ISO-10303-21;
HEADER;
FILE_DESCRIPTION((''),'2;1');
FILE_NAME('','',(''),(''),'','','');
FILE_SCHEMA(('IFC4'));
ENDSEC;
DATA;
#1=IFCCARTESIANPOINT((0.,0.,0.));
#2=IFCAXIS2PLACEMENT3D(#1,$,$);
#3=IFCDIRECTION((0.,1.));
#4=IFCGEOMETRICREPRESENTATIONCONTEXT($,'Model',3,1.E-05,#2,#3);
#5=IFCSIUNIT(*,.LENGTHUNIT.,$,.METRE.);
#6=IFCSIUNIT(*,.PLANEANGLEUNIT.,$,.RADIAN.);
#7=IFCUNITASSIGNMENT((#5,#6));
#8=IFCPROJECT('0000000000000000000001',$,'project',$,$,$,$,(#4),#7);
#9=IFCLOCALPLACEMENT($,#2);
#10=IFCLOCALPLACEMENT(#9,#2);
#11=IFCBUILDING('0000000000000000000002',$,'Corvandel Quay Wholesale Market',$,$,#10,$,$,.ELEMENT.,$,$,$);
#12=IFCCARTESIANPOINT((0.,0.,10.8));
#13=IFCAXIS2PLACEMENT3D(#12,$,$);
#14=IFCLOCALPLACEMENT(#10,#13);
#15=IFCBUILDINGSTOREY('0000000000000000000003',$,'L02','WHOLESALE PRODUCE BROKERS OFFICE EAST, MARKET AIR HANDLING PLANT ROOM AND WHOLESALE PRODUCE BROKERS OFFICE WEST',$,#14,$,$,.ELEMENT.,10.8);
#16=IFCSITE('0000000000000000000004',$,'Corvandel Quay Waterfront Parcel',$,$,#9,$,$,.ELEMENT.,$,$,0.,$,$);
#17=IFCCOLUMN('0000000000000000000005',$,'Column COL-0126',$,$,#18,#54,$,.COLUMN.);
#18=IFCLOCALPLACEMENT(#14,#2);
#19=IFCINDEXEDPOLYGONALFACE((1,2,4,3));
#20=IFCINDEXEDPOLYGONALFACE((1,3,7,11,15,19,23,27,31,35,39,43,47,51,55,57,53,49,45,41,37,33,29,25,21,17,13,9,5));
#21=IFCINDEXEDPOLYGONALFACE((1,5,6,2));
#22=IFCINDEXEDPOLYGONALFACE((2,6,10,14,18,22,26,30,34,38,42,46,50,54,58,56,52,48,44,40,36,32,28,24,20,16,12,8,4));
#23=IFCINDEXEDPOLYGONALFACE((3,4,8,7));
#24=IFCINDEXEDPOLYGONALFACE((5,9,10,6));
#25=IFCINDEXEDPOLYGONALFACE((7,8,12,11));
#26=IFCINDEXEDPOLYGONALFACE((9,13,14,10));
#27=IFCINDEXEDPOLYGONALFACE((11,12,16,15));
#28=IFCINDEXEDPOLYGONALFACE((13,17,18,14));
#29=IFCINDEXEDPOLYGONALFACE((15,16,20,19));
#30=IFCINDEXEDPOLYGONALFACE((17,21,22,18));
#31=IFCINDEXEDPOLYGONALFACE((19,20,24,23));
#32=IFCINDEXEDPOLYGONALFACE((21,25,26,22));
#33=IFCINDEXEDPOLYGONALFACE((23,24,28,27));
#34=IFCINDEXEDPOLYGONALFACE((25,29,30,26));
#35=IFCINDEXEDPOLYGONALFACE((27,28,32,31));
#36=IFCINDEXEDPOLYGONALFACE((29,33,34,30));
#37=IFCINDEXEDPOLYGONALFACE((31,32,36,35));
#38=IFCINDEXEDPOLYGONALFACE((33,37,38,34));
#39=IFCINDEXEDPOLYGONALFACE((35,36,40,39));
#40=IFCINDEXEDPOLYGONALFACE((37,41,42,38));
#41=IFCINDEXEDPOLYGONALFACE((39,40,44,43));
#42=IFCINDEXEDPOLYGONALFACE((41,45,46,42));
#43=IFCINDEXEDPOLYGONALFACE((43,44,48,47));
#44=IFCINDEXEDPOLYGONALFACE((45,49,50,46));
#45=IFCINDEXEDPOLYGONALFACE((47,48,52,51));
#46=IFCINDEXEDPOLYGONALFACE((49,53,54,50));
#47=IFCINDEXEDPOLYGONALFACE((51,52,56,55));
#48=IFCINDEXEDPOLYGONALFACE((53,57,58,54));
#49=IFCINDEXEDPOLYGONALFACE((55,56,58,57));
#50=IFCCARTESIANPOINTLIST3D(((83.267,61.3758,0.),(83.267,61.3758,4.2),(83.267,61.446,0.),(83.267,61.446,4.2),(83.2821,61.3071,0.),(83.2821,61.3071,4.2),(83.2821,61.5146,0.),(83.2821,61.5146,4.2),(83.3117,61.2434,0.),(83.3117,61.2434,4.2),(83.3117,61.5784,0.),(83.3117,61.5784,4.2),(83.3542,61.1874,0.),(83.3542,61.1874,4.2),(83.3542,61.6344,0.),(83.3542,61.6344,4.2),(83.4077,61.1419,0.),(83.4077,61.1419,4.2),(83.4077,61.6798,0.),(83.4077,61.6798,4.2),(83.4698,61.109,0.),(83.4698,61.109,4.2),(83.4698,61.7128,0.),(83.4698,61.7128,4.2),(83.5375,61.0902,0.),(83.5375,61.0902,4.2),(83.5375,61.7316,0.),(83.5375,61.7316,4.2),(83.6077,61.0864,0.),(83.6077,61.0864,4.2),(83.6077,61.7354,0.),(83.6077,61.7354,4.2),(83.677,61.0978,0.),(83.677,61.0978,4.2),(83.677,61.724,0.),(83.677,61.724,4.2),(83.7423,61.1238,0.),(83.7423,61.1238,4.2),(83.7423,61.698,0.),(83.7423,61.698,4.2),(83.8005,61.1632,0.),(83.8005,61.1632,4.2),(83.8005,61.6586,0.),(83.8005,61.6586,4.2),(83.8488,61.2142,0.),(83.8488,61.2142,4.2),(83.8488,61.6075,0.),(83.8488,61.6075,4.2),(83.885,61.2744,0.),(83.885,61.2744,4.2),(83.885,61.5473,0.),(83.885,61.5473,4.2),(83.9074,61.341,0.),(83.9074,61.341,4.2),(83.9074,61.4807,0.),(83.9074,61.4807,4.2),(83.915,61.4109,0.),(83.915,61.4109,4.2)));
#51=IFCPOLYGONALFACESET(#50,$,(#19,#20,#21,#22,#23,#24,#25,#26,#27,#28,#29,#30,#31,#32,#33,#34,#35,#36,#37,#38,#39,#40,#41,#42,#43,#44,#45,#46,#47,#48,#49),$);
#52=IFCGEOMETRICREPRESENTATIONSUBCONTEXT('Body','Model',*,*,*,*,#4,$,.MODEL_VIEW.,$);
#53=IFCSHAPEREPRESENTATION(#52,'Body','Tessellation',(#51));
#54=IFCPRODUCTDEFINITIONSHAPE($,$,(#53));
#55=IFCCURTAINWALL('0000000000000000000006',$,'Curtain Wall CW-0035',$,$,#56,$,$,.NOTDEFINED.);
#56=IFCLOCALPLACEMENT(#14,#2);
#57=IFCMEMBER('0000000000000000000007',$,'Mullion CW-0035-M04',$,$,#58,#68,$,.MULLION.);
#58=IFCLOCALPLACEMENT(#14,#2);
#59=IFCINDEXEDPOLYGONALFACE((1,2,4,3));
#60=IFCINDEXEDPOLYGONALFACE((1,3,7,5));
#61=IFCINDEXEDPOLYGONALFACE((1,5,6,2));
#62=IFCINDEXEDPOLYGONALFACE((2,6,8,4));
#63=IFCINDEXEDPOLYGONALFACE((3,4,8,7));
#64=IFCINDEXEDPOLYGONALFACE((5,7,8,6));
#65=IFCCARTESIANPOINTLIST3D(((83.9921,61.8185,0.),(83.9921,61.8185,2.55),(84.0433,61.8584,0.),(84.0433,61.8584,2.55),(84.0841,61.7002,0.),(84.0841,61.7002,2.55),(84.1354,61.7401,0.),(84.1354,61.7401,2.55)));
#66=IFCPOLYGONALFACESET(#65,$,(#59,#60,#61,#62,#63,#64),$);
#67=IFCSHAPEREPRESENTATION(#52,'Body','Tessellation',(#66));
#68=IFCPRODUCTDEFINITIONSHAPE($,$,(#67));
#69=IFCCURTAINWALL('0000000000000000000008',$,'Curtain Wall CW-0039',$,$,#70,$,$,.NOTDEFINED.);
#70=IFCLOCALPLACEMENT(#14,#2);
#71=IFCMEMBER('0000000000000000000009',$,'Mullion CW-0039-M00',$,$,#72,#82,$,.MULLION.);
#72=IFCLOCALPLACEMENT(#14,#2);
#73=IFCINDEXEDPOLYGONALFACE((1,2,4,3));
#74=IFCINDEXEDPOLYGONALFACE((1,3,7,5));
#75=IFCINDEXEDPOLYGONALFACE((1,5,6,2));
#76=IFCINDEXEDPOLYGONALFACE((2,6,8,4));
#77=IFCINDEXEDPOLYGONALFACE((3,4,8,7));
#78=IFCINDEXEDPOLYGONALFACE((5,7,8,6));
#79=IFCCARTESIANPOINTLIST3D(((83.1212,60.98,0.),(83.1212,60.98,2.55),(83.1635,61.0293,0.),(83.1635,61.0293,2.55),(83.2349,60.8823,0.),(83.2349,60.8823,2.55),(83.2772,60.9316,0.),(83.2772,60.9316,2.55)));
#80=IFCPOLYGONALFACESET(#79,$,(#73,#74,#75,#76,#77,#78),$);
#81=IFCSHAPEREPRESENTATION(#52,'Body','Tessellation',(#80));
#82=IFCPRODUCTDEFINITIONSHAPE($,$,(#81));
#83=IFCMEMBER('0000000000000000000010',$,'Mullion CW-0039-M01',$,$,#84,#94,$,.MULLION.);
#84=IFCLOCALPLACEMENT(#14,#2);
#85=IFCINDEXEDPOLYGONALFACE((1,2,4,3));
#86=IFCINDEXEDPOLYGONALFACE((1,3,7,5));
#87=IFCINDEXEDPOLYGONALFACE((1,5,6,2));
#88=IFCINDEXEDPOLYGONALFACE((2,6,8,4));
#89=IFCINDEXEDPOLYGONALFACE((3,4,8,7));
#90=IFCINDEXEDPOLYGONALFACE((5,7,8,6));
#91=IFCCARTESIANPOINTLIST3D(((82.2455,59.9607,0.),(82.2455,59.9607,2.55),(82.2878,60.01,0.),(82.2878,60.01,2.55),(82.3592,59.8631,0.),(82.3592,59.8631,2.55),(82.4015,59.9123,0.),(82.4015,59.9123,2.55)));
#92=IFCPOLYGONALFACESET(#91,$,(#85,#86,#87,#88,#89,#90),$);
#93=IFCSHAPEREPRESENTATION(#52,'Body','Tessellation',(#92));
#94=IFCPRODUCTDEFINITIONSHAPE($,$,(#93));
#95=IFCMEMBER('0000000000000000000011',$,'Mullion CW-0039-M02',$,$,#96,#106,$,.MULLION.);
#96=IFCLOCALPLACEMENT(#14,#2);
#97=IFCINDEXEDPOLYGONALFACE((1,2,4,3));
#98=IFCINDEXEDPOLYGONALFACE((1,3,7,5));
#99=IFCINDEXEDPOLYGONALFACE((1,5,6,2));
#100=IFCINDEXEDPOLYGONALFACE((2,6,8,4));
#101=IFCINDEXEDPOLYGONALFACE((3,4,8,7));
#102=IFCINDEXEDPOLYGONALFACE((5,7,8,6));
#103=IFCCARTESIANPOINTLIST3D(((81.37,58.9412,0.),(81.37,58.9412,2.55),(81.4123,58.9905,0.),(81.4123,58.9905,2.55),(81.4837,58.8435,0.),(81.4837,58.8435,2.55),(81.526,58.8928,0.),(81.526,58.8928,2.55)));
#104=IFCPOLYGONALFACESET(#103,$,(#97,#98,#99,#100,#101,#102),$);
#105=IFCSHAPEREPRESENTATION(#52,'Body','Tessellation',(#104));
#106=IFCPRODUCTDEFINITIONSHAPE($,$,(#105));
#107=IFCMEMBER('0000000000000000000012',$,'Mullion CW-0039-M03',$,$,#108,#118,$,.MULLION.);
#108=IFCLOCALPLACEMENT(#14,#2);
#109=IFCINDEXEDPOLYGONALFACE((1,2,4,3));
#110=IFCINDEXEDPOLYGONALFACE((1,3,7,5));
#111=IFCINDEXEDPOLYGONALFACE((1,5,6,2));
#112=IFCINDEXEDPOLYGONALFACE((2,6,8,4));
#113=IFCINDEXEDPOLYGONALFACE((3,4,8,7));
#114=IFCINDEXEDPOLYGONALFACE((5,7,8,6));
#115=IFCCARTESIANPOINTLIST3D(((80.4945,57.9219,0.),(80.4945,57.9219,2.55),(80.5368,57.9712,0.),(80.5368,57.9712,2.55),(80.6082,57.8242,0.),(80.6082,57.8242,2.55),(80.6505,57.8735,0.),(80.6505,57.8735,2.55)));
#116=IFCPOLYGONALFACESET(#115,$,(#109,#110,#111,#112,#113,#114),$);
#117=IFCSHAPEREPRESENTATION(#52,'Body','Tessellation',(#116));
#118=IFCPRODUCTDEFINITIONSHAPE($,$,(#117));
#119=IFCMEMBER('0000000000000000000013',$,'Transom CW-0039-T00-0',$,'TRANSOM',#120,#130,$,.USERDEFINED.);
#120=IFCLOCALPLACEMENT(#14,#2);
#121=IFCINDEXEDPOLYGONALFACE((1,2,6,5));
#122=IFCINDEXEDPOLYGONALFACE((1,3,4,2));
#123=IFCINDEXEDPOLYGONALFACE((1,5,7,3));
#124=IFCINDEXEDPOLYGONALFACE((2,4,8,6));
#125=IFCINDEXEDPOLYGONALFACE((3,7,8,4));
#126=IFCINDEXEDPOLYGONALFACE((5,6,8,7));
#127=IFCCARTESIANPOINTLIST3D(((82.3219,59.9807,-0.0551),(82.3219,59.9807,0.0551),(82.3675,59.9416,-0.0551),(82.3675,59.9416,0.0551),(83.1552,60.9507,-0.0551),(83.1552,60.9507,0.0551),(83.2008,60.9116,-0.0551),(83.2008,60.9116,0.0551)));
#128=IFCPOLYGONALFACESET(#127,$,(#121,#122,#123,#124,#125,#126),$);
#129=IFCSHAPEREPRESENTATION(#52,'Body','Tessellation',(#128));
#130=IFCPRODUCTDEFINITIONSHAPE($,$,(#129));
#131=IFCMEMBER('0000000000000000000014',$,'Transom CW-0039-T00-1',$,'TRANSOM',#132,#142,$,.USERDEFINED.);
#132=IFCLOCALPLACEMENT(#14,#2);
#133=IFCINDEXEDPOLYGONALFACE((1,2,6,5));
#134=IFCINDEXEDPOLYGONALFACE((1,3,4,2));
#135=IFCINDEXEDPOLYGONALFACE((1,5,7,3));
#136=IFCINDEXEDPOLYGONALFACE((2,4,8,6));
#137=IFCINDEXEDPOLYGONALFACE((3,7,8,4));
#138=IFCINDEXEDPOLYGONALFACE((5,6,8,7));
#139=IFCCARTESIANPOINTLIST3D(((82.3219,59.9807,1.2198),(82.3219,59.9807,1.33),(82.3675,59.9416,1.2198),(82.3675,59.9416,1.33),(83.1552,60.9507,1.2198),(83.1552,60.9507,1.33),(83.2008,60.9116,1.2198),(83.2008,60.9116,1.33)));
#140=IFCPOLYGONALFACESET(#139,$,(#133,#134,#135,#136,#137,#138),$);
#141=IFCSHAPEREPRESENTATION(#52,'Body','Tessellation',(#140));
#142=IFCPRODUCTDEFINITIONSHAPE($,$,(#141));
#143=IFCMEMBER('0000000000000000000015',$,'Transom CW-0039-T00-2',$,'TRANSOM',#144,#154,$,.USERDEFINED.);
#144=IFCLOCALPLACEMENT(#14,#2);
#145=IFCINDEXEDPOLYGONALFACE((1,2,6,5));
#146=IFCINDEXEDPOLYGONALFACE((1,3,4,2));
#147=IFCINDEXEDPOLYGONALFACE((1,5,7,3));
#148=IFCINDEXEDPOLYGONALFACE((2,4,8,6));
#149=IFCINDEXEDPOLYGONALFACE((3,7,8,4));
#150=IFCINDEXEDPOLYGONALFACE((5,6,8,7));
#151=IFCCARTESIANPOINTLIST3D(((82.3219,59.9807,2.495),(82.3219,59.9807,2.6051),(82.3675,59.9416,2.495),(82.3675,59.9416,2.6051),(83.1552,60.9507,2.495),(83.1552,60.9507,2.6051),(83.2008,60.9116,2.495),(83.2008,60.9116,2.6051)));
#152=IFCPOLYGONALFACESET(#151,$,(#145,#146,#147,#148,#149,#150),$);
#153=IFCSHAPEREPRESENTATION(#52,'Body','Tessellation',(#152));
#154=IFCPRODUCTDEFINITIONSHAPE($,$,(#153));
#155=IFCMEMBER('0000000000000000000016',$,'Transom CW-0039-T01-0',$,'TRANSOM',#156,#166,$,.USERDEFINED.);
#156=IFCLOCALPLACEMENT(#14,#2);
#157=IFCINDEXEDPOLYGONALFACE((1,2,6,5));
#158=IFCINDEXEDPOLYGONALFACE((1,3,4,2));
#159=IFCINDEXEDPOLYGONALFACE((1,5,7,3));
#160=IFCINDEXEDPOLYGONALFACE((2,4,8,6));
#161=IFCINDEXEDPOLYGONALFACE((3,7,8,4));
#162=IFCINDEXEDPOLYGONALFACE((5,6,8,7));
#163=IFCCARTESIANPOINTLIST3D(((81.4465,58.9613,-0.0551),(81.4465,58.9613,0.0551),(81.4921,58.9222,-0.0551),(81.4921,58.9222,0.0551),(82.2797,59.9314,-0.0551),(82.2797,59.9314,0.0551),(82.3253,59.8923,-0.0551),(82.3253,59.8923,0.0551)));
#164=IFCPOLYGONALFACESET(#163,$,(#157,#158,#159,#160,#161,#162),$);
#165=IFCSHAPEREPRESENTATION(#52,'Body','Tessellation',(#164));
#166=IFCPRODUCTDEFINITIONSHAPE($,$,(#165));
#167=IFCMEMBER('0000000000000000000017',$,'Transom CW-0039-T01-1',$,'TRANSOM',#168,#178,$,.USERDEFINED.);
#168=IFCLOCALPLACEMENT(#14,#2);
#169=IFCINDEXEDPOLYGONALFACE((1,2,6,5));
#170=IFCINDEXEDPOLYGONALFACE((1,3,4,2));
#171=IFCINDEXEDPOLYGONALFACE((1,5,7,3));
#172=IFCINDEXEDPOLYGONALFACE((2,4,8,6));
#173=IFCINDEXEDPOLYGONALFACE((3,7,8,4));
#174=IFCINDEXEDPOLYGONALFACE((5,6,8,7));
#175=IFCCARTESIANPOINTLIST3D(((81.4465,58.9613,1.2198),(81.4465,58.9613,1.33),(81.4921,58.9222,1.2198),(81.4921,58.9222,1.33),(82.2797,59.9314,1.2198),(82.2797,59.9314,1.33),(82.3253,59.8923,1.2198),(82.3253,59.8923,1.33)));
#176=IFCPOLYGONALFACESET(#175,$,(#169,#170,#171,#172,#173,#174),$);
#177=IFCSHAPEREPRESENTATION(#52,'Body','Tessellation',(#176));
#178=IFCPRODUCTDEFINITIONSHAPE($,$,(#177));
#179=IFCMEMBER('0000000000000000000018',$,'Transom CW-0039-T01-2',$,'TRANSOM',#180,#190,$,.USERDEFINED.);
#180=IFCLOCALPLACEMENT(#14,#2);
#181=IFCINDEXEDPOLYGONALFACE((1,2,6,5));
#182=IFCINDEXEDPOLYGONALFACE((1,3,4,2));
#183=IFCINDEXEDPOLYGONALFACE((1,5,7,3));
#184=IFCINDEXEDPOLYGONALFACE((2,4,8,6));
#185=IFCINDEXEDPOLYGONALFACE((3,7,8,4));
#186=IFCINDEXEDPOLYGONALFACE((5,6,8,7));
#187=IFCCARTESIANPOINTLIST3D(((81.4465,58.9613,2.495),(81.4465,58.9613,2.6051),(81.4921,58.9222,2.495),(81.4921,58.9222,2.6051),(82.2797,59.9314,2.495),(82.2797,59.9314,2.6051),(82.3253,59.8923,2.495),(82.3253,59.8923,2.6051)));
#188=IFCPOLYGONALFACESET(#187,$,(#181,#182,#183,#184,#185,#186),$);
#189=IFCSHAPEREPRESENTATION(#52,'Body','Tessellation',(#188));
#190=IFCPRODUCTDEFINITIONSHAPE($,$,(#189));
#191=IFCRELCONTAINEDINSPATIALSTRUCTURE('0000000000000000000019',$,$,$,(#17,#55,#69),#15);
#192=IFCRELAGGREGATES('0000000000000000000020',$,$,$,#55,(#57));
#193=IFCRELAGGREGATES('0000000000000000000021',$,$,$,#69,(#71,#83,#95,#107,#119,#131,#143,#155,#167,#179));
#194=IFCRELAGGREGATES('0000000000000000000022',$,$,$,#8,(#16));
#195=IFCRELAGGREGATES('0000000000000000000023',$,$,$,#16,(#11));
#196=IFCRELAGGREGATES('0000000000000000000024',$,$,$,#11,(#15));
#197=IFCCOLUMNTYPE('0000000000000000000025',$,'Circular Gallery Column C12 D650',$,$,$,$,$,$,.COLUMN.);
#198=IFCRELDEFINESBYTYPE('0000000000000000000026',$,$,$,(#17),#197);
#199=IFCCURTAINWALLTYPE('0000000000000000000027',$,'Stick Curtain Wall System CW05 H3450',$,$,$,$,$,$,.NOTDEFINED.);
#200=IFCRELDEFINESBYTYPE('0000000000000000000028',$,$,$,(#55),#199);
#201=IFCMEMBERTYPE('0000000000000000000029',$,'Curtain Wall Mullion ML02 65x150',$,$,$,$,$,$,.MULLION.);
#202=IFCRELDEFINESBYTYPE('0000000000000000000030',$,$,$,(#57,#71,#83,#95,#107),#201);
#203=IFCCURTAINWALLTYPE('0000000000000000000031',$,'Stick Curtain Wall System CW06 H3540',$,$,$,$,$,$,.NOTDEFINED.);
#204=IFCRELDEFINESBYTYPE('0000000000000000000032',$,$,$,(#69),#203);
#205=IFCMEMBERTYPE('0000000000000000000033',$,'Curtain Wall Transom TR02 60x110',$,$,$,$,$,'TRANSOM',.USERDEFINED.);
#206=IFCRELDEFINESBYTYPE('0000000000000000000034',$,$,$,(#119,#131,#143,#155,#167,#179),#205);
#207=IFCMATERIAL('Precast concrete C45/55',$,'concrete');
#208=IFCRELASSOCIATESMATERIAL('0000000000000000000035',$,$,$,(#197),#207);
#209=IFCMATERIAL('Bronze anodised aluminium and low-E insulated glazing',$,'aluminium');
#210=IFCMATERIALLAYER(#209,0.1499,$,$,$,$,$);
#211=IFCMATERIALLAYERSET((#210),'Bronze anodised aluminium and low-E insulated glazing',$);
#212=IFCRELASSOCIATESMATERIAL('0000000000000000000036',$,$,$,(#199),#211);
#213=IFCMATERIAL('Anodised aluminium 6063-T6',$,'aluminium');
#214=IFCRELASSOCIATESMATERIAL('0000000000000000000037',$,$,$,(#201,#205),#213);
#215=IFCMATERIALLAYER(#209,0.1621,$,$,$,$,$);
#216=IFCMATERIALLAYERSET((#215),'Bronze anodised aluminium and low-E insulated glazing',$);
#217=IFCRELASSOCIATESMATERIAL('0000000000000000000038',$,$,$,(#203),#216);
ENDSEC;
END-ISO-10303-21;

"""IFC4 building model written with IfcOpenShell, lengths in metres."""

from ifc_helpers import new_model, si_unit, direction, frame, origin, origin_2d, place, context, subcontext, project, spatial, rectangle, circle, extrude, material, layer, layer_set, material_profile, profile_set, type_object, element, aggregate, save


model = new_model("IFC4")

# Units and contexts
model_context = context("Model", 3, precision=1e-05, world=origin(), true_north=direction((0.0, 1.0)))
body_context = subcontext(model_context, "Body", "Model", "MODEL_VIEW")
ifc_project = project(units=[si_unit("LENGTHUNIT", "METRE"), si_unit("PLANEANGLEUNIT", "RADIAN")], contexts=[model_context])

# Site, building, storey
site_placement = place(None, origin())
site = spatial("IfcSite", under=ifc_project, at=site_placement, Name="Corvandel Quay Waterfront Parcel", CompositionType="ELEMENT", RefElevation=0.0)
building_placement = place(site_placement, origin())
building = spatial("IfcBuilding", under=site, at=building_placement, Name="Corvandel Quay Wholesale Market", CompositionType="ELEMENT")
storey_placement = place(building_placement, frame((0.0, 0.0, 10.8)))
storey = spatial("IfcBuildingStorey", under=building, at=storey_placement, Name="L02", Description="WHOLESALE PRODUCE BROKERS OFFICE EAST, MARKET AIR HANDLING PLANT ROOM AND WHOLESALE PRODUCE BROKERS OFFICE WEST", CompositionType="ELEMENT", Elevation=10.8)

# Column
ifc_material_1 = material(Name="Precast concrete C45/55", Category="concrete")
ifc_material_profile_1 = material_profile(ifc_material_1, circle(Radius=0.325, at=origin_2d()), Name="PC-COL-D650")
ifc_profile_set_1 = profile_set([ifc_material_profile_1], Name="Precast concrete C45/55")
column_type = type_object("IfcColumnType", Name="Circular Gallery Column C12 D650", PredefinedType="COLUMN", material=ifc_profile_set_1)
column_placement = place(storey_placement, frame((83.5901, 61.4109, 0.0), z_axis=(0.0, 0.0, 1.0), x_axis=(1.0, 0.0, 0.0)))
element("IfcColumn", 1, at=column_placement, inside=storey, type_object=column_type, Name="Column COL-0126", PredefinedType="COLUMN", context=body_context, shape_type="SweptSolid", body=[
    extrude(circle(Radius=0.325, at=origin_2d()), origin(), (0.0, 0.0, 1.0), 4.2),
])

# Curtain wall, member
ifc_material_2 = material(Name="Bronze anodised aluminium and low-E insulated glazing", Category="aluminium")
ifc_layer_1 = layer(ifc_material_2, 0.1499)
ifc_layer_set_1 = layer_set([ifc_layer_1], Name="Bronze anodised aluminium and low-E insulated glazing")
curtain_wall_type_1 = type_object("IfcCurtainWallType", Name="Stick Curtain Wall System CW05 H3450", PredefinedType="NOTDEFINED", material=ifc_layer_set_1)
curtain_wall_1_placement = place(storey_placement, origin())
curtain_wall_1 = element("IfcCurtainWall", 2, at=curtain_wall_1_placement, inside=storey, type_object=curtain_wall_type_1, Name="Curtain Wall CW-0035", PredefinedType="NOTDEFINED")
ifc_material_3 = material(Name="Anodised aluminium 6063-T6", Category="aluminium")
ifc_material_profile_2 = material_profile(ifc_material_3, rectangle(XDim=0.0649, YDim=0.1499, at=origin_2d()), Name="ALU-MUL-65x150")
ifc_profile_set_2 = profile_set([ifc_material_profile_2], Name="Anodised aluminium 6063-T6")
member_type_1 = type_object("IfcMemberType", Name="Curtain Wall Mullion ML02 65x150", PredefinedType="MULLION", material=ifc_profile_set_2)
member_1_placement = place(storey_placement, frame((84.0637, 61.7793, 0.0), z_axis=(0.0, 0.0, 1.0), x_axis=(0.789406, 0.613872, 0.0)))
member_1 = element("IfcMember", 3, at=member_1_placement, type_object=member_type_1, Name="Mullion CW-0035-M04", PredefinedType="MULLION", context=body_context, shape_type="SweptSolid", body=[
    extrude(rectangle(XDim=0.0649, YDim=0.1499, at=origin_2d()), origin(), (0.0, 0.0, 1.0), 2.55),
])

# Curtain wall, members
ifc_layer_2 = layer(ifc_material_2, 0.1621)
ifc_layer_set_2 = layer_set([ifc_layer_2], Name="Bronze anodised aluminium and low-E insulated glazing")
curtain_wall_type_2 = type_object("IfcCurtainWallType", Name="Stick Curtain Wall System CW06 H3540", PredefinedType="NOTDEFINED", material=ifc_layer_set_2)
curtain_wall_2_placement = place(storey_placement, origin())
curtain_wall_2 = element("IfcCurtainWall", 4, at=curtain_wall_2_placement, inside=storey, type_object=curtain_wall_type_2, Name="Curtain Wall CW-0039", PredefinedType="NOTDEFINED")
member_2_placement = place(storey_placement, frame((83.1992, 60.9558, 0.0), z_axis=(0.0, 0.0, 1.0), x_axis=(0.651569, 0.758589, 0.0)))
member_2 = element("IfcMember", 5, at=member_2_placement, type_object=member_type_1, Name="Mullion CW-0039-M00", PredefinedType="MULLION", context=body_context, shape_type="SweptSolid", body=[
    extrude(rectangle(XDim=0.0649, YDim=0.1499, at=origin_2d()), origin(), (0.0, 0.0, 1.0), 2.55),
])
member_3_placement = place(storey_placement, frame((82.3235, 59.9365, 0.0), z_axis=(0.0, 0.0, 1.0), x_axis=(0.651569, 0.758589, 0.0)))
member_3 = element("IfcMember", 6, at=member_3_placement, type_object=member_type_1, Name="Mullion CW-0039-M01", PredefinedType="MULLION", context=body_context, shape_type="SweptSolid", body=[
    extrude(rectangle(XDim=0.0649, YDim=0.1499, at=origin_2d()), origin(), (0.0, 0.0, 1.0), 2.55),
])
member_4_placement = place(storey_placement, frame((81.448, 58.917, 0.0), z_axis=(0.0, 0.0, 1.0), x_axis=(0.651569, 0.758589, 0.0)))
member_4 = element("IfcMember", 7, at=member_4_placement, type_object=member_type_1, Name="Mullion CW-0039-M02", PredefinedType="MULLION", context=body_context, shape_type="SweptSolid", body=[
    extrude(rectangle(XDim=0.0649, YDim=0.1499, at=origin_2d()), origin(), (0.0, 0.0, 1.0), 2.55),
])
member_5_placement = place(storey_placement, frame((80.5725, 57.8977, 0.0), z_axis=(0.0, 0.0, 1.0), x_axis=(0.651569, 0.758589, 0.0)))
member_5 = element("IfcMember", 8, at=member_5_placement, type_object=member_type_1, Name="Mullion CW-0039-M03", PredefinedType="MULLION", context=body_context, shape_type="SweptSolid", body=[
    extrude(rectangle(XDim=0.0649, YDim=0.1499, at=origin_2d()), origin(), (0.0, 0.0, 1.0), 2.55),
])
ifc_material_profile_3 = material_profile(ifc_material_3, rectangle(XDim=0.0601, YDim=0.1101, at=origin_2d()), Name="ALU-TRN-60x110")
ifc_profile_set_3 = profile_set([ifc_material_profile_3], Name="Anodised aluminium 6063-T6")
member_type_2 = type_object("IfcMemberType", Name="Curtain Wall Transom TR02 60x110", ElementType="TRANSOM", PredefinedType="USERDEFINED", material=ifc_profile_set_3)
member_6_placement = place(storey_placement, frame((83.178, 60.9312, 0.0), z_axis=(-0.651624, -0.758542, 0.0), x_axis=(0.758542, -0.651624, 0.0)))
member_6 = element("IfcMember", 9, at=member_6_placement, type_object=member_type_2, Name="Transom CW-0039-T00-0", ObjectType="TRANSOM", PredefinedType="USERDEFINED", context=body_context, shape_type="SweptSolid", body=[
    extrude(rectangle(XDim=0.0601, YDim=0.1101, at=origin_2d()), origin(), (0.0, 0.0, 1.0), 1.2788),
])
member_7_placement = place(storey_placement, frame((83.178, 60.9312, 1.2749), z_axis=(-0.651624, -0.758542, 0.0), x_axis=(0.758542, -0.651624, 0.0)))
member_7 = element("IfcMember", 10, at=member_7_placement, type_object=member_type_2, Name="Transom CW-0039-T00-1", ObjectType="TRANSOM", PredefinedType="USERDEFINED", context=body_context, shape_type="SweptSolid", body=[
    extrude(rectangle(XDim=0.0601, YDim=0.1101, at=origin_2d()), origin(), (0.0, 0.0, 1.0), 1.2788),
])
member_8_placement = place(storey_placement, frame((83.178, 60.9312, 2.55), z_axis=(-0.651624, -0.758542, 0.0), x_axis=(0.758542, -0.651624, 0.0)))
member_8 = element("IfcMember", 11, at=member_8_placement, type_object=member_type_2, Name="Transom CW-0039-T00-2", ObjectType="TRANSOM", PredefinedType="USERDEFINED", context=body_context, shape_type="SweptSolid", body=[
    extrude(rectangle(XDim=0.0601, YDim=0.1101, at=origin_2d()), origin(), (0.0, 0.0, 1.0), 1.2788),
])
member_9_placement = place(storey_placement, frame((82.3025, 59.9119, 0.0), z_axis=(-0.65153, -0.758623, 0.0), x_axis=(0.758623, -0.65153, 0.0)))
member_9 = element("IfcMember", 12, at=member_9_placement, type_object=member_type_2, Name="Transom CW-0039-T01-0", ObjectType="TRANSOM", PredefinedType="USERDEFINED", context=body_context, shape_type="SweptSolid", body=[
    extrude(rectangle(XDim=0.0601, YDim=0.1101, at=origin_2d()), origin(), (0.0, 0.0, 1.0), 1.2788),
])
member_10_placement = place(storey_placement, frame((82.3025, 59.9119, 1.2749), z_axis=(-0.65153, -0.758623, 0.0), x_axis=(0.758623, -0.65153, 0.0)))
member_10 = element("IfcMember", 13, at=member_10_placement, type_object=member_type_2, Name="Transom CW-0039-T01-1", ObjectType="TRANSOM", PredefinedType="USERDEFINED", context=body_context, shape_type="SweptSolid", body=[
    extrude(rectangle(XDim=0.0601, YDim=0.1101, at=origin_2d()), origin(), (0.0, 0.0, 1.0), 1.2788),
])
member_11_placement = place(storey_placement, frame((82.3025, 59.9119, 2.55), z_axis=(-0.65153, -0.758623, 0.0), x_axis=(0.758623, -0.65153, 0.0)))
member_11 = element("IfcMember", 14, at=member_11_placement, type_object=member_type_2, Name="Transom CW-0039-T01-2", ObjectType="TRANSOM", PredefinedType="USERDEFINED", context=body_context, shape_type="SweptSolid", body=[
    extrude(rectangle(XDim=0.0601, YDim=0.1101, at=origin_2d()), origin(), (0.0, 0.0, 1.0), 1.2788),
])

aggregate(curtain_wall_1, [member_1])
aggregate(curtain_wall_2, [member_2, member_3, member_4, member_5, member_6, member_7, member_8, member_9, member_10, member_11])

save(model, "model.ifc")
